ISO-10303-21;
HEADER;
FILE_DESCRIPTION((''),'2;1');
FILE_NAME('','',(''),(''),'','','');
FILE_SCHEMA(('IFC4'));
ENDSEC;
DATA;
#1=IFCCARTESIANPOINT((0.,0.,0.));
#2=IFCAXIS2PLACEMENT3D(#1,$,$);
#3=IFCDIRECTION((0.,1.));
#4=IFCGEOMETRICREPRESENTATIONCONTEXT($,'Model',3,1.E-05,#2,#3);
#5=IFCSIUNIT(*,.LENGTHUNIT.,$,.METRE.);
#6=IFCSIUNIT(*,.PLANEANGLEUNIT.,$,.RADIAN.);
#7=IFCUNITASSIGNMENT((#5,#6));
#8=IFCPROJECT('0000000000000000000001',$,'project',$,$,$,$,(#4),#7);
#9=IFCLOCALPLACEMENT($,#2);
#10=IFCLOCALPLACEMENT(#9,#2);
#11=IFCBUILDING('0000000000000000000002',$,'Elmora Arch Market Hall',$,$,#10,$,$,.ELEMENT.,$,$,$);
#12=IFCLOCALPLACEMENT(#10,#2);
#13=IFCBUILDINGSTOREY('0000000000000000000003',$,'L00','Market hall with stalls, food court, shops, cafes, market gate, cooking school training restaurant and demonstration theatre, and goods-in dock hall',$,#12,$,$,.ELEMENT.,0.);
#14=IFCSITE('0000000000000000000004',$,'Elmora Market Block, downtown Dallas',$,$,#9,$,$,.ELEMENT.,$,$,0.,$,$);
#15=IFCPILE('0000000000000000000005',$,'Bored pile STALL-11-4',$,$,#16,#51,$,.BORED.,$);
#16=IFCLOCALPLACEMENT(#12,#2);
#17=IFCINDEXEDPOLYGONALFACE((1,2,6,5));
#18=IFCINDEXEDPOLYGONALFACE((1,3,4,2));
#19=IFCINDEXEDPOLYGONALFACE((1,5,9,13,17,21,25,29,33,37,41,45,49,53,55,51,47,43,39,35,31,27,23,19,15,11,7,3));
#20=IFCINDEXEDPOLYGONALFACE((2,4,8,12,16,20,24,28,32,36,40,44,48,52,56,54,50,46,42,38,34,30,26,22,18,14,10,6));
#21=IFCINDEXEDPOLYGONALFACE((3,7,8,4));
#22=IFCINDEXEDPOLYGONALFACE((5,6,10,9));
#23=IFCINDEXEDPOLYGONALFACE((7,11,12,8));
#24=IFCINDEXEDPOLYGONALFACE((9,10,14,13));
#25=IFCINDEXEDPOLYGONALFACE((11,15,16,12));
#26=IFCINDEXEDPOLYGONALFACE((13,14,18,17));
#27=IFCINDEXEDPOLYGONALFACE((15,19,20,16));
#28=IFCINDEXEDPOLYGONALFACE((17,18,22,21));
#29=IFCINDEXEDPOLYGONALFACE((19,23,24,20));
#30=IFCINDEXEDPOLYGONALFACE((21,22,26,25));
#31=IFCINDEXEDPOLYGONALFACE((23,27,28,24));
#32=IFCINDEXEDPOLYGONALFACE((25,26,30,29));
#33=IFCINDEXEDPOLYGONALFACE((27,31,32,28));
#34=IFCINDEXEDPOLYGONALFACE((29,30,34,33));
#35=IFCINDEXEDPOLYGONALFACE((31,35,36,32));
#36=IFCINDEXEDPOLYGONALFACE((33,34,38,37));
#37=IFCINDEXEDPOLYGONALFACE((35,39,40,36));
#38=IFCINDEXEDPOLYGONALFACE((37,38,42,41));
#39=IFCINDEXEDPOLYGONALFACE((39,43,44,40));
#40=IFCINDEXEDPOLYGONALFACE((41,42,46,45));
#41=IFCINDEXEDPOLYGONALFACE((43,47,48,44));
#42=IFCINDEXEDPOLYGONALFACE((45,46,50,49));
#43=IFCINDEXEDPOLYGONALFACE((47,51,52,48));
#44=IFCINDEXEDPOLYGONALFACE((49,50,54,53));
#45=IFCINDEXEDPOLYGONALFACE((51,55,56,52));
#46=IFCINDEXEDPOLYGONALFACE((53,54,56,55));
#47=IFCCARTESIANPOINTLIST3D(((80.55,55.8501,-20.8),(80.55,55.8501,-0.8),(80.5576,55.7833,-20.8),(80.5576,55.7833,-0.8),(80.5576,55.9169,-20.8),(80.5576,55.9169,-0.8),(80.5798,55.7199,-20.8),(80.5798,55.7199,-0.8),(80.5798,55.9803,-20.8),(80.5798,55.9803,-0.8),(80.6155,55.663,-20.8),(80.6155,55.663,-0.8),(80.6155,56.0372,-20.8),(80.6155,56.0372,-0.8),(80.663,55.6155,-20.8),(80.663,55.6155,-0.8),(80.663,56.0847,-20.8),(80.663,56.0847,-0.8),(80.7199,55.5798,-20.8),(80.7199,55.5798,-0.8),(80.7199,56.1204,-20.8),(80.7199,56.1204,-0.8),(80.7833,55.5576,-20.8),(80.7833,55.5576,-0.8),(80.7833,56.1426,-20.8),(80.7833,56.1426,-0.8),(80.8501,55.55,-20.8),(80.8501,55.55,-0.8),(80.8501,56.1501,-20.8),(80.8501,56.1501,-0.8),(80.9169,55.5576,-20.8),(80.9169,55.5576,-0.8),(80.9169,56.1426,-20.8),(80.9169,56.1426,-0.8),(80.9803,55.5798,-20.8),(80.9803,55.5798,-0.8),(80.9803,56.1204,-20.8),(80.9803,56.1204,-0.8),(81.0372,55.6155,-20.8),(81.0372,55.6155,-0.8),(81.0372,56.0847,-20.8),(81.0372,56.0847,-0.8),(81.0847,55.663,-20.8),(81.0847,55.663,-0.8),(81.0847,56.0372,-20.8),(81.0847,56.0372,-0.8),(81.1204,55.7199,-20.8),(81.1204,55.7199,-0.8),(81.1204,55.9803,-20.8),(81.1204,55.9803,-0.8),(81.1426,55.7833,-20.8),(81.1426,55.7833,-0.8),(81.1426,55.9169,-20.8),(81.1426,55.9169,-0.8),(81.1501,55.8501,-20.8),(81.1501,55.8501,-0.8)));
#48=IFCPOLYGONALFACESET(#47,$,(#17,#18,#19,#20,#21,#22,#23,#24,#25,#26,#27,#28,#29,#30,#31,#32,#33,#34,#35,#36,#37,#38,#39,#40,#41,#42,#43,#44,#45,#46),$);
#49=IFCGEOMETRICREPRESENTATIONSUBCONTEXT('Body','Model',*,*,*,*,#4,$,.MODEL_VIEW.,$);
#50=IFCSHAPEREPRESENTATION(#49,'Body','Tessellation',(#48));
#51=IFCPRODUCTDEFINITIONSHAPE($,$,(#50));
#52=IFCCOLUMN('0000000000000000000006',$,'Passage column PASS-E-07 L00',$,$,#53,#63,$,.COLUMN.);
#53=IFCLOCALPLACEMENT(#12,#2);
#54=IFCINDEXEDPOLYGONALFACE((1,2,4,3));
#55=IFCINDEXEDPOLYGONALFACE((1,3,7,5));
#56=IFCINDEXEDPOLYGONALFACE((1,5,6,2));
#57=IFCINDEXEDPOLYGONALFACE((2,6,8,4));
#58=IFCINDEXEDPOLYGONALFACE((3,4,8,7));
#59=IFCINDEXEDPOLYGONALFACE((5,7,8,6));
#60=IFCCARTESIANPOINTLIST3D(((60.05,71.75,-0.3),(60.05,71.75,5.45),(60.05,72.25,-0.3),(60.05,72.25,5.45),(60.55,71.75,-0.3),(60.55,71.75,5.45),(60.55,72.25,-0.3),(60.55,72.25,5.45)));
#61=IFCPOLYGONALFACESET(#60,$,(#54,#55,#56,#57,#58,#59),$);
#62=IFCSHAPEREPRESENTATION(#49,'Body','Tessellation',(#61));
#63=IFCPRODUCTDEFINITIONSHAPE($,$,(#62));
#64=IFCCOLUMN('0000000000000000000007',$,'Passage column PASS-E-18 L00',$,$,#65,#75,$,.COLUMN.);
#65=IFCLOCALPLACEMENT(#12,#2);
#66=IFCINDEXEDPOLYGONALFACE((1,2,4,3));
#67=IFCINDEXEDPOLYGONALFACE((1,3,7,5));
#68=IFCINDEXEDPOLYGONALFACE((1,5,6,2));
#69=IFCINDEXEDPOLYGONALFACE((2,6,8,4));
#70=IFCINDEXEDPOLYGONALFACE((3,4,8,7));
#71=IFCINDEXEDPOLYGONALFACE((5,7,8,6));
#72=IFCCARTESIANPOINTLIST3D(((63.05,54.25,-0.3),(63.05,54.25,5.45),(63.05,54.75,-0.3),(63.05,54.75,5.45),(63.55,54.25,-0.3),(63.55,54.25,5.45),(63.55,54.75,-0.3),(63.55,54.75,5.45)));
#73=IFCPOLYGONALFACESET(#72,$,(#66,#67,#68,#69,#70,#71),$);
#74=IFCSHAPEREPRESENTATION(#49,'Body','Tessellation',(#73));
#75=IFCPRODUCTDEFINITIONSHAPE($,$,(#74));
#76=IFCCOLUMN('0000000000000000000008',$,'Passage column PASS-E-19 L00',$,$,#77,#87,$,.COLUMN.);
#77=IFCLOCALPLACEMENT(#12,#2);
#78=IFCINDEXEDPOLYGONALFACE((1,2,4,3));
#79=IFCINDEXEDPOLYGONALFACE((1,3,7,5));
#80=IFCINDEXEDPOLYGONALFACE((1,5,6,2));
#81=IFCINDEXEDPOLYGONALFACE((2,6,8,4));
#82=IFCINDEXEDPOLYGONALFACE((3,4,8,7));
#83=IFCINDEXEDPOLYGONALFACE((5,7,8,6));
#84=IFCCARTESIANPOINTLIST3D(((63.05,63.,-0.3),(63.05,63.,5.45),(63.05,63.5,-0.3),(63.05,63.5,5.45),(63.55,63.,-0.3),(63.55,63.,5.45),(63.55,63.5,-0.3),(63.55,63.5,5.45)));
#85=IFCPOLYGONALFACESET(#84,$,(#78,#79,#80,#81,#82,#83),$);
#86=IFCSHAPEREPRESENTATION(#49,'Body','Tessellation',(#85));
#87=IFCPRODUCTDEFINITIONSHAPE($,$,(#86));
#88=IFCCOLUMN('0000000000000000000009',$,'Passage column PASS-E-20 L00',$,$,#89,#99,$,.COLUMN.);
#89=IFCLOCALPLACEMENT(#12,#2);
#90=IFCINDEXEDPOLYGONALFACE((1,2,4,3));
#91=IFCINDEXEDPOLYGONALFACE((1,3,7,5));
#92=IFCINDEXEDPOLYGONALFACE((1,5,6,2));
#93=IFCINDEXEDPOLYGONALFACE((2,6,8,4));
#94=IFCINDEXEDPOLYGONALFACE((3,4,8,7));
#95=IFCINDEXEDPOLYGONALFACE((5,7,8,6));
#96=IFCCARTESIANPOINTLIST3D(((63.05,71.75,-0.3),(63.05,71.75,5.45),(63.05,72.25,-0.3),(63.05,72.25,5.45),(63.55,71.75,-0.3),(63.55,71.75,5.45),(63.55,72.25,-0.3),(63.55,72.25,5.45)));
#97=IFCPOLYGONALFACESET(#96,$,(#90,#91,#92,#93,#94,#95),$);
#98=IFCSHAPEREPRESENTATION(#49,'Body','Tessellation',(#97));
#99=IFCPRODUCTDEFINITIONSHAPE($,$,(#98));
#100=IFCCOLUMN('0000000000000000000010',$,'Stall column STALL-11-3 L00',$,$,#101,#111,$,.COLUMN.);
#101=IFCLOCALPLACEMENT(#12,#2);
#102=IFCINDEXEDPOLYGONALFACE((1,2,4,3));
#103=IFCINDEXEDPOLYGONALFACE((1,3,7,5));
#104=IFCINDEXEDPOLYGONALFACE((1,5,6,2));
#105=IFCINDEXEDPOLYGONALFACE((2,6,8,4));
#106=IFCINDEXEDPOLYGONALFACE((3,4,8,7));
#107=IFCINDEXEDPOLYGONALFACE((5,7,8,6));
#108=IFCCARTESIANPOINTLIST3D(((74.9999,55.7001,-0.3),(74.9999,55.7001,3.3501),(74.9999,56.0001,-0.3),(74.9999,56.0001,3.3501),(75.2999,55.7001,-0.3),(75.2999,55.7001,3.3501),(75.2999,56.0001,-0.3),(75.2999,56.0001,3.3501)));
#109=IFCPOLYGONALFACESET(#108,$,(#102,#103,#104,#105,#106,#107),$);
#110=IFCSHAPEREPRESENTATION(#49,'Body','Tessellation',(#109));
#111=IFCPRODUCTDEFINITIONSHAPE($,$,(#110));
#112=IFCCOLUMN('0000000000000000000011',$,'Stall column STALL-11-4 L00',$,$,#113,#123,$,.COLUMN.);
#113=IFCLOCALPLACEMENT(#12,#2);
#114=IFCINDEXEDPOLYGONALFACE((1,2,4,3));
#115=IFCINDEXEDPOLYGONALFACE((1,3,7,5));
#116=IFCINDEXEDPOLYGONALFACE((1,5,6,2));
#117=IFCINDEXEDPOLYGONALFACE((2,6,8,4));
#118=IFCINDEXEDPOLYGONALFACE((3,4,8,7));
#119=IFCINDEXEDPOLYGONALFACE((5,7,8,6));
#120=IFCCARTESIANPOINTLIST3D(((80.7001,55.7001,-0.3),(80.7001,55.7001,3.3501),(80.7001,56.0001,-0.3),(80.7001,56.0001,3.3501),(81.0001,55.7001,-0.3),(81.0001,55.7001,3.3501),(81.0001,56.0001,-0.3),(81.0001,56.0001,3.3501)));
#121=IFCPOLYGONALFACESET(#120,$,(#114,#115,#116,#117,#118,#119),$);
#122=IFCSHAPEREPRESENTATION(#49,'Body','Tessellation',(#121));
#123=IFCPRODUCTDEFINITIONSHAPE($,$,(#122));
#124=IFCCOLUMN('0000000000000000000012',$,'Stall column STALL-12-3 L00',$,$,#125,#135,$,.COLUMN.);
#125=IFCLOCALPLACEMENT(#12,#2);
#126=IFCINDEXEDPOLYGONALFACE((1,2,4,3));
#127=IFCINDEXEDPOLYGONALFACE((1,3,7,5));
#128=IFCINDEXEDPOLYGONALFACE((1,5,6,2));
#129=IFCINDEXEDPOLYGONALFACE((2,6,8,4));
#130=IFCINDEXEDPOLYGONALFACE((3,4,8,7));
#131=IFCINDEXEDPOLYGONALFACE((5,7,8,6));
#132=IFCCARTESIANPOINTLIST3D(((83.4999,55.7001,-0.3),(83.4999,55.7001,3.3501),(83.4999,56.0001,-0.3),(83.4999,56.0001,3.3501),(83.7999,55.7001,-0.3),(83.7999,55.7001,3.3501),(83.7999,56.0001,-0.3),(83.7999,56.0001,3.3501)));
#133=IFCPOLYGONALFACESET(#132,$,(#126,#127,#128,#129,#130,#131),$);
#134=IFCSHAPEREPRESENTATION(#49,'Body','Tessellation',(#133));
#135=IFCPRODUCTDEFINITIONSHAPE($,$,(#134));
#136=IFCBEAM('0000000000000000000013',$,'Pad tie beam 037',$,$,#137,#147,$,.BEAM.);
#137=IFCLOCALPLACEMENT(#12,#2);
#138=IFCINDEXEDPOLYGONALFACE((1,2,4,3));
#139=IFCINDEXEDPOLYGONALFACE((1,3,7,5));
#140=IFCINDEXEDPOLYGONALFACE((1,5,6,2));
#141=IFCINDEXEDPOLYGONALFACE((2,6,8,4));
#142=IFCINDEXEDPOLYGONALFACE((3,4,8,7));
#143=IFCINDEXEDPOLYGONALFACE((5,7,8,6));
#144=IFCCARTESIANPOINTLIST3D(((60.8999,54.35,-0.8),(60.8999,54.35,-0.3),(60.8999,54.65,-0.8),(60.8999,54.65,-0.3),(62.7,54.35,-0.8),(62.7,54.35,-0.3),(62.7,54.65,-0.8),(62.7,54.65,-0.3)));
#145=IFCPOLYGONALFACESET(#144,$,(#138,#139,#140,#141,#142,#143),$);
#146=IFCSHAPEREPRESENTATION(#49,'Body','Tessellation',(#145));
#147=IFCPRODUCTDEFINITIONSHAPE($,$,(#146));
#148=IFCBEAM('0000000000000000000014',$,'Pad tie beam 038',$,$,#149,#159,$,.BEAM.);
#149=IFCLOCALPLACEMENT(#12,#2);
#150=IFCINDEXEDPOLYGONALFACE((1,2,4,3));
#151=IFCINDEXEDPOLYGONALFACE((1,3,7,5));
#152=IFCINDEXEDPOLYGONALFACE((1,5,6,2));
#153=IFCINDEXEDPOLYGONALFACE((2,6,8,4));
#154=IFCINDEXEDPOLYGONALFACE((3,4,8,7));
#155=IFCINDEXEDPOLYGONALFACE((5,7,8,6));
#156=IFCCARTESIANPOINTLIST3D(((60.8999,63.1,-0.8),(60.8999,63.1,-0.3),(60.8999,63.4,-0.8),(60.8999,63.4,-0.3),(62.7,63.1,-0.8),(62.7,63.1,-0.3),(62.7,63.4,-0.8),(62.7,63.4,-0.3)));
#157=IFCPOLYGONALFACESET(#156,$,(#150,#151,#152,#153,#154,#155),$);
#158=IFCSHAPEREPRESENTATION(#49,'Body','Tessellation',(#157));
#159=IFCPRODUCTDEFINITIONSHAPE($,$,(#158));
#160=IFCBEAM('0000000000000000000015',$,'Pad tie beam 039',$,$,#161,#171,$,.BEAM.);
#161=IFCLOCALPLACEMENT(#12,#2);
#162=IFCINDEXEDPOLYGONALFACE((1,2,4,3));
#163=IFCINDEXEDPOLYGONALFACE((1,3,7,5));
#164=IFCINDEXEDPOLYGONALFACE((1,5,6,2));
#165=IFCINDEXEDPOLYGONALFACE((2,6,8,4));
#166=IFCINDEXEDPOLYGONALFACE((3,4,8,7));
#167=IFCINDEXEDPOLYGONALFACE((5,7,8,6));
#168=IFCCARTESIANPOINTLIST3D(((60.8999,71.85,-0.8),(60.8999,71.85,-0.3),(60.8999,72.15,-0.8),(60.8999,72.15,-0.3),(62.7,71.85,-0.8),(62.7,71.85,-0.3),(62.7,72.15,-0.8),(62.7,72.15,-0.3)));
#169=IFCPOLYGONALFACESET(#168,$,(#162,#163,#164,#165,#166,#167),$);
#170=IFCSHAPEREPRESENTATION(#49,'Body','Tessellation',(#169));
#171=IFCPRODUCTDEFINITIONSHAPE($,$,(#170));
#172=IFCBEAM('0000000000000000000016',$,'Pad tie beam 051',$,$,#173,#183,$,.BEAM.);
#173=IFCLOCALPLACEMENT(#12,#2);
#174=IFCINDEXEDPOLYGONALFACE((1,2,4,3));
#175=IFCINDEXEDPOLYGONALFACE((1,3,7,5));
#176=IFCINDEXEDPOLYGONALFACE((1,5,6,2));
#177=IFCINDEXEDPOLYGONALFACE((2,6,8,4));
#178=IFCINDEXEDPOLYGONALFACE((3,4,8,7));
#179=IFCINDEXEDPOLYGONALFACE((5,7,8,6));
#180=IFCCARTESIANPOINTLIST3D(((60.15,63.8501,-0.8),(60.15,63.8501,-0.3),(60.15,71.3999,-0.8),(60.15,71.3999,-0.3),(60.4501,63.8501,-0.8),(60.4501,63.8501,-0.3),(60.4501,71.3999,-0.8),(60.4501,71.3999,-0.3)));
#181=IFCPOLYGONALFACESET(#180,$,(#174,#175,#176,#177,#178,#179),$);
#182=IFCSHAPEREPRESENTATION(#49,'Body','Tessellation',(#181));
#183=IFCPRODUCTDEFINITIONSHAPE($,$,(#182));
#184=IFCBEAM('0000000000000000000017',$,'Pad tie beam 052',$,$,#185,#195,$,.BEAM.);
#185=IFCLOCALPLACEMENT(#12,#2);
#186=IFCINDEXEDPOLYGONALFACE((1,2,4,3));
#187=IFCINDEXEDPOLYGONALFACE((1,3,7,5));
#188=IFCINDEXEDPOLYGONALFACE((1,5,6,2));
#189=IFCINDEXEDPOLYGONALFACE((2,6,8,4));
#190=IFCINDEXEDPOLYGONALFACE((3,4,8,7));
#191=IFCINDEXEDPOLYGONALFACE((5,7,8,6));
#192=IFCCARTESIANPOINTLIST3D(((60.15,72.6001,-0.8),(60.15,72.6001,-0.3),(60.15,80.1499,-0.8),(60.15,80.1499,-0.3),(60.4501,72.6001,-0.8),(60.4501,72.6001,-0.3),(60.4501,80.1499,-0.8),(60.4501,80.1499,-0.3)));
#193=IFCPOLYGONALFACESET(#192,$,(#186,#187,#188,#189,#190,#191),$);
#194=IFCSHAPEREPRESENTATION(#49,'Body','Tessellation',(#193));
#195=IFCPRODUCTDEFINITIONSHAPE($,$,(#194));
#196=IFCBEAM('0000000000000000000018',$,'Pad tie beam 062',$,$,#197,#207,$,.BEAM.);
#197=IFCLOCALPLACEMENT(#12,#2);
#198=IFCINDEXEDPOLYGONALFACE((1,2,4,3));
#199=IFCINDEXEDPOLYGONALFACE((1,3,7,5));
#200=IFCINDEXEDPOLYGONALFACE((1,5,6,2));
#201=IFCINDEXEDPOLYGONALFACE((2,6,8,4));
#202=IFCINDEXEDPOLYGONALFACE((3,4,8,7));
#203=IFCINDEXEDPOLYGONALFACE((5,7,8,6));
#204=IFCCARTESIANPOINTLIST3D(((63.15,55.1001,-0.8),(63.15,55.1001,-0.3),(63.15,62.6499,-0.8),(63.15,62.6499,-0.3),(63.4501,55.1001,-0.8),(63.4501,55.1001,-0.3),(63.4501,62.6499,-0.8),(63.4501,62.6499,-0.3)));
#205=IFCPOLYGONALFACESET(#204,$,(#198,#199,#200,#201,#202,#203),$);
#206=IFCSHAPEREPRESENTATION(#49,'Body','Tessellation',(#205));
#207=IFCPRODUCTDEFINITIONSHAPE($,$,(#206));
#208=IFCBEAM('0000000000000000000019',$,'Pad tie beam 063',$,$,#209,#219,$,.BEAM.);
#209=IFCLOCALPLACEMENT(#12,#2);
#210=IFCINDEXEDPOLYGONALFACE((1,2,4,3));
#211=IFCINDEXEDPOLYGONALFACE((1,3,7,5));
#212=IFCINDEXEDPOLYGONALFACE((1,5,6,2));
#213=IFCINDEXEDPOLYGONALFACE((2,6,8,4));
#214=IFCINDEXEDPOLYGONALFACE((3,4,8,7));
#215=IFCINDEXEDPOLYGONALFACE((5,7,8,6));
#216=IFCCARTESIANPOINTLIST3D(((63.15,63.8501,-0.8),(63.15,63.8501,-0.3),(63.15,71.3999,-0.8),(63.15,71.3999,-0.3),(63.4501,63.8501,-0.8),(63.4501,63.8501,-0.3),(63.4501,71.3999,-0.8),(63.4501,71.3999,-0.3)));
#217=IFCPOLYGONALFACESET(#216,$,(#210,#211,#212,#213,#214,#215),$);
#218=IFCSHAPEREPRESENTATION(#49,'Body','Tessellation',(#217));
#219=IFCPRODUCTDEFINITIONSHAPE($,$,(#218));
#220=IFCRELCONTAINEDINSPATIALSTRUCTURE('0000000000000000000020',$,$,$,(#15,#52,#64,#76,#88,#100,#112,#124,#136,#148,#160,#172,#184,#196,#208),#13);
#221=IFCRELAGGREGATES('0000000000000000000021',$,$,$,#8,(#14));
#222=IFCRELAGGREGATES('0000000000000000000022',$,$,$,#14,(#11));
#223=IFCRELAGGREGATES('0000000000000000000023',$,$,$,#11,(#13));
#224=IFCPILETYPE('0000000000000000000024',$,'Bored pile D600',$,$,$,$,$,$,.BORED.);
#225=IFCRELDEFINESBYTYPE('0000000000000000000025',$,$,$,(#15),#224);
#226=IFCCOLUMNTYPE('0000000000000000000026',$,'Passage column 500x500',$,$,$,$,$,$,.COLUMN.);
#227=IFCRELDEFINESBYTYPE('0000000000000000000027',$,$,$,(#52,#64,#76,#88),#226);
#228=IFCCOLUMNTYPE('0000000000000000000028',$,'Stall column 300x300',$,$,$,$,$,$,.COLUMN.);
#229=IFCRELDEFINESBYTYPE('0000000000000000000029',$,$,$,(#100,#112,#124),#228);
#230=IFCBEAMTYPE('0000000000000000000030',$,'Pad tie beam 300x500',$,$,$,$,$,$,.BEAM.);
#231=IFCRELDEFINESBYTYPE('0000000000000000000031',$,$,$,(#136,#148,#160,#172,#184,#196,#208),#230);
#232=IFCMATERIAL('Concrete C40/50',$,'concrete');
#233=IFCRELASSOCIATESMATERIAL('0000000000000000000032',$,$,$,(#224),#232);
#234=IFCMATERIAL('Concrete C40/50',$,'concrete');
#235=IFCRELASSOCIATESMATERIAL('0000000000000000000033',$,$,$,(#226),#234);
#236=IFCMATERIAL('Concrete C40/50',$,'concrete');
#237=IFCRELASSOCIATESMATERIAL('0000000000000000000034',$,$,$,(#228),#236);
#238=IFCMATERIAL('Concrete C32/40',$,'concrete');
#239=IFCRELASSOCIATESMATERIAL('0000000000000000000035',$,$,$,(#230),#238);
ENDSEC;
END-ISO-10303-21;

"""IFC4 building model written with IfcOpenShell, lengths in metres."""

from ifc_helpers import new_model, si_unit, direction, frame, origin, origin_2d, place, context, subcontext, project, spatial, rectangle, circle, extrude, material, material_profile, profile_set, type_object, element, save


model = new_model("IFC4")

# Units and contexts
model_context = context("Model", 3, precision=1e-05, world=origin(), true_north=direction((0.0, 1.0)))
body_context = subcontext(model_context, "Body", "Model", "MODEL_VIEW")
ifc_project = project(units=[si_unit("LENGTHUNIT", "METRE"), si_unit("PLANEANGLEUNIT", "RADIAN")], contexts=[model_context])

# Site, building, storey
site_placement = place(None, origin())
site = spatial("IfcSite", under=ifc_project, at=site_placement, Name="Elmora Market Block, downtown Dallas", CompositionType="ELEMENT", RefElevation=0.0)
building_placement = place(site_placement, origin())
building = spatial("IfcBuilding", under=site, at=building_placement, Name="Elmora Arch Market Hall", CompositionType="ELEMENT")
storey_placement = place(building_placement, origin())
storey = spatial("IfcBuildingStorey", under=building, at=storey_placement, Name="L00", Description="Market hall with stalls, food court, shops, cafes, market gate, cooking school training restaurant and demonstration theatre, and goods-in dock hall", CompositionType="ELEMENT", Elevation=0.0)

# Pile
ifc_material_1 = material(Name="Concrete C40/50", Category="concrete")
ifc_material_profile_1 = material_profile(ifc_material_1, circle(Radius=0.3, at=origin_2d()), Name="Bored pile D600")
ifc_profile_set_1 = profile_set([ifc_material_profile_1], Name="Concrete C40/50")
pile_type = type_object("IfcPileType", Name="Bored pile D600", PredefinedType="BORED", material=ifc_profile_set_1)
for number, where, z_axis, x_axis, name in (
    (1, (80.8501, 55.8501, -0.8), (0.0, 0.0, -1.0), (1.0, 0.0, 0.0), "Bored pile STALL-11-4"),
):
    element("IfcPile", number, at=place(storey_placement, frame(where, z_axis=z_axis, x_axis=x_axis)), inside=storey, type_object=pile_type, Name=name, PredefinedType="BORED", context=body_context, shape_type="SweptSolid", body=[
        extrude(circle(Radius=0.3, at=origin_2d()), origin(), (0.0, 0.0, 1.0), 20.0),
    ])

# Columns
ifc_material_2 = material(Name="Concrete C40/50", Category="concrete")
ifc_material_profile_2 = material_profile(ifc_material_2, rectangle(XDim=0.5, YDim=0.5, at=origin_2d()), Name="Passage column 500x500")
ifc_profile_set_2 = profile_set([ifc_material_profile_2], Name="Concrete C40/50")
column_type_1 = type_object("IfcColumnType", Name="Passage column 500x500", PredefinedType="COLUMN", material=ifc_profile_set_2)
for number, where, z_axis, x_axis, name in (
    (2, (60.3, 72.0, -0.3), (0.0, 0.0, 1.0), (1.0, 0.0, 0.0), "Passage column PASS-E-07 L00"),
    (3, (63.3, 54.5, -0.3), (0.0, 0.0, 1.0), (1.0, 0.0, 0.0), "Passage column PASS-E-18 L00"),
    (4, (63.3, 63.25, -0.3), (0.0, 0.0, 1.0), (1.0, 0.0, 0.0), "Passage column PASS-E-19 L00"),
    (5, (63.3, 72.0, -0.3), (0.0, 0.0, 1.0), (1.0, 0.0, 0.0), "Passage column PASS-E-20 L00"),
):
    element("IfcColumn", number, at=place(storey_placement, frame(where, z_axis=z_axis, x_axis=x_axis)), inside=storey, type_object=column_type_1, Name=name, PredefinedType="COLUMN", context=body_context, shape_type="SweptSolid", body=[
        extrude(rectangle(XDim=0.5, YDim=0.5, at=origin_2d()), origin(), (0.0, 0.0, 1.0), 5.75),
    ])
ifc_material_3 = material(Name="Concrete C40/50", Category="concrete")
ifc_material_profile_3 = material_profile(ifc_material_3, rectangle(XDim=0.3, YDim=0.3, at=origin_2d()), Name="Stall column 300x300")
ifc_profile_set_3 = profile_set([ifc_material_profile_3], Name="Concrete C40/50")
column_type_2 = type_object("IfcColumnType", Name="Stall column 300x300", PredefinedType="COLUMN", material=ifc_profile_set_3)
for number, where, z_axis, x_axis, name in (
    (6, (75.1499, 55.8501, -0.3), (0.0, 0.0, 1.0), (1.0, 0.0, 0.0), "Stall column STALL-11-3 L00"),
    (7, (80.8501, 55.8501, -0.3), (0.0, 0.0, 1.0), (1.0, 0.0, 0.0), "Stall column STALL-11-4 L00"),
    (8, (83.6499, 55.8501, -0.3), (0.0, 0.0, 1.0), (1.0, 0.0, 0.0), "Stall column STALL-12-3 L00"),
):
    element("IfcColumn", number, at=place(storey_placement, frame(where, z_axis=z_axis, x_axis=x_axis)), inside=storey, type_object=column_type_2, Name=name, PredefinedType="COLUMN", context=body_context, shape_type="SweptSolid", body=[
        extrude(rectangle(XDim=0.3, YDim=0.3, at=origin_2d()), origin(), (0.0, 0.0, 1.0), 3.6501),
    ])

# Beams
ifc_material_4 = material(Name="Concrete C32/40", Category="concrete")
ifc_material_profile_4 = material_profile(ifc_material_4, rectangle(XDim=0.3, YDim=0.5, at=origin_2d()), Name="Pad tie beam 300x500")
ifc_profile_set_4 = profile_set([ifc_material_profile_4], Name="Concrete C32/40")
beam_type_1 = type_object("IfcBeamType", Name="Pad tie beam 300x500", PredefinedType="BEAM", material=ifc_profile_set_4)
for number, where, z_axis, x_axis, name in (
    (9, (60.8999, 54.5, -0.55), (1.0, 0.0, 0.0), (0.0, 1.0, 0.0), "Pad tie beam 037"),
    (10, (60.8999, 63.25, -0.55), (1.0, 0.0, 0.0), (0.0, 1.0, 0.0), "Pad tie beam 038"),
    (11, (60.8999, 72.0, -0.55), (1.0, 0.0, 0.0), (0.0, 1.0, 0.0), "Pad tie beam 039"),
):
    element("IfcBeam", number, at=place(storey_placement, frame(where, z_axis=z_axis, x_axis=x_axis)), inside=storey, type_object=beam_type_1, Name=name, PredefinedType="BEAM", context=body_context, shape_type="SweptSolid", body=[
        extrude(rectangle(XDim=0.3, YDim=0.5, at=origin_2d()), origin(), (0.0, 0.0, 1.0), 1.8),
    ])
for number, where, z_axis, x_axis, name in (
    (12, (60.3, 63.8501, -0.55), (0.0, 1.0, 0.0), (-1.0, 0.0, 0.0), "Pad tie beam 051"),
    (13, (60.3, 72.6001, -0.55), (0.0, 1.0, 0.0), (-1.0, 0.0, 0.0), "Pad tie beam 052"),
    (14, (63.3, 55.1001, -0.55), (0.0, 1.0, 0.0), (-1.0, 0.0, 0.0), "Pad tie beam 062"),
    (15, (63.3, 63.8501, -0.55), (0.0, 1.0, 0.0), (-1.0, 0.0, 0.0), "Pad tie beam 063"),
):
    element("IfcBeam", number, at=place(storey_placement, frame(where, z_axis=z_axis, x_axis=x_axis)), inside=storey, type_object=beam_type_1, Name=name, PredefinedType="BEAM", context=body_context, shape_type="SweptSolid", body=[
        extrude(rectangle(XDim=0.3, YDim=0.5, at=origin_2d()), origin(), (0.0, 0.0, 1.0), 7.5498),
    ])

save(model, "model.ifc")
